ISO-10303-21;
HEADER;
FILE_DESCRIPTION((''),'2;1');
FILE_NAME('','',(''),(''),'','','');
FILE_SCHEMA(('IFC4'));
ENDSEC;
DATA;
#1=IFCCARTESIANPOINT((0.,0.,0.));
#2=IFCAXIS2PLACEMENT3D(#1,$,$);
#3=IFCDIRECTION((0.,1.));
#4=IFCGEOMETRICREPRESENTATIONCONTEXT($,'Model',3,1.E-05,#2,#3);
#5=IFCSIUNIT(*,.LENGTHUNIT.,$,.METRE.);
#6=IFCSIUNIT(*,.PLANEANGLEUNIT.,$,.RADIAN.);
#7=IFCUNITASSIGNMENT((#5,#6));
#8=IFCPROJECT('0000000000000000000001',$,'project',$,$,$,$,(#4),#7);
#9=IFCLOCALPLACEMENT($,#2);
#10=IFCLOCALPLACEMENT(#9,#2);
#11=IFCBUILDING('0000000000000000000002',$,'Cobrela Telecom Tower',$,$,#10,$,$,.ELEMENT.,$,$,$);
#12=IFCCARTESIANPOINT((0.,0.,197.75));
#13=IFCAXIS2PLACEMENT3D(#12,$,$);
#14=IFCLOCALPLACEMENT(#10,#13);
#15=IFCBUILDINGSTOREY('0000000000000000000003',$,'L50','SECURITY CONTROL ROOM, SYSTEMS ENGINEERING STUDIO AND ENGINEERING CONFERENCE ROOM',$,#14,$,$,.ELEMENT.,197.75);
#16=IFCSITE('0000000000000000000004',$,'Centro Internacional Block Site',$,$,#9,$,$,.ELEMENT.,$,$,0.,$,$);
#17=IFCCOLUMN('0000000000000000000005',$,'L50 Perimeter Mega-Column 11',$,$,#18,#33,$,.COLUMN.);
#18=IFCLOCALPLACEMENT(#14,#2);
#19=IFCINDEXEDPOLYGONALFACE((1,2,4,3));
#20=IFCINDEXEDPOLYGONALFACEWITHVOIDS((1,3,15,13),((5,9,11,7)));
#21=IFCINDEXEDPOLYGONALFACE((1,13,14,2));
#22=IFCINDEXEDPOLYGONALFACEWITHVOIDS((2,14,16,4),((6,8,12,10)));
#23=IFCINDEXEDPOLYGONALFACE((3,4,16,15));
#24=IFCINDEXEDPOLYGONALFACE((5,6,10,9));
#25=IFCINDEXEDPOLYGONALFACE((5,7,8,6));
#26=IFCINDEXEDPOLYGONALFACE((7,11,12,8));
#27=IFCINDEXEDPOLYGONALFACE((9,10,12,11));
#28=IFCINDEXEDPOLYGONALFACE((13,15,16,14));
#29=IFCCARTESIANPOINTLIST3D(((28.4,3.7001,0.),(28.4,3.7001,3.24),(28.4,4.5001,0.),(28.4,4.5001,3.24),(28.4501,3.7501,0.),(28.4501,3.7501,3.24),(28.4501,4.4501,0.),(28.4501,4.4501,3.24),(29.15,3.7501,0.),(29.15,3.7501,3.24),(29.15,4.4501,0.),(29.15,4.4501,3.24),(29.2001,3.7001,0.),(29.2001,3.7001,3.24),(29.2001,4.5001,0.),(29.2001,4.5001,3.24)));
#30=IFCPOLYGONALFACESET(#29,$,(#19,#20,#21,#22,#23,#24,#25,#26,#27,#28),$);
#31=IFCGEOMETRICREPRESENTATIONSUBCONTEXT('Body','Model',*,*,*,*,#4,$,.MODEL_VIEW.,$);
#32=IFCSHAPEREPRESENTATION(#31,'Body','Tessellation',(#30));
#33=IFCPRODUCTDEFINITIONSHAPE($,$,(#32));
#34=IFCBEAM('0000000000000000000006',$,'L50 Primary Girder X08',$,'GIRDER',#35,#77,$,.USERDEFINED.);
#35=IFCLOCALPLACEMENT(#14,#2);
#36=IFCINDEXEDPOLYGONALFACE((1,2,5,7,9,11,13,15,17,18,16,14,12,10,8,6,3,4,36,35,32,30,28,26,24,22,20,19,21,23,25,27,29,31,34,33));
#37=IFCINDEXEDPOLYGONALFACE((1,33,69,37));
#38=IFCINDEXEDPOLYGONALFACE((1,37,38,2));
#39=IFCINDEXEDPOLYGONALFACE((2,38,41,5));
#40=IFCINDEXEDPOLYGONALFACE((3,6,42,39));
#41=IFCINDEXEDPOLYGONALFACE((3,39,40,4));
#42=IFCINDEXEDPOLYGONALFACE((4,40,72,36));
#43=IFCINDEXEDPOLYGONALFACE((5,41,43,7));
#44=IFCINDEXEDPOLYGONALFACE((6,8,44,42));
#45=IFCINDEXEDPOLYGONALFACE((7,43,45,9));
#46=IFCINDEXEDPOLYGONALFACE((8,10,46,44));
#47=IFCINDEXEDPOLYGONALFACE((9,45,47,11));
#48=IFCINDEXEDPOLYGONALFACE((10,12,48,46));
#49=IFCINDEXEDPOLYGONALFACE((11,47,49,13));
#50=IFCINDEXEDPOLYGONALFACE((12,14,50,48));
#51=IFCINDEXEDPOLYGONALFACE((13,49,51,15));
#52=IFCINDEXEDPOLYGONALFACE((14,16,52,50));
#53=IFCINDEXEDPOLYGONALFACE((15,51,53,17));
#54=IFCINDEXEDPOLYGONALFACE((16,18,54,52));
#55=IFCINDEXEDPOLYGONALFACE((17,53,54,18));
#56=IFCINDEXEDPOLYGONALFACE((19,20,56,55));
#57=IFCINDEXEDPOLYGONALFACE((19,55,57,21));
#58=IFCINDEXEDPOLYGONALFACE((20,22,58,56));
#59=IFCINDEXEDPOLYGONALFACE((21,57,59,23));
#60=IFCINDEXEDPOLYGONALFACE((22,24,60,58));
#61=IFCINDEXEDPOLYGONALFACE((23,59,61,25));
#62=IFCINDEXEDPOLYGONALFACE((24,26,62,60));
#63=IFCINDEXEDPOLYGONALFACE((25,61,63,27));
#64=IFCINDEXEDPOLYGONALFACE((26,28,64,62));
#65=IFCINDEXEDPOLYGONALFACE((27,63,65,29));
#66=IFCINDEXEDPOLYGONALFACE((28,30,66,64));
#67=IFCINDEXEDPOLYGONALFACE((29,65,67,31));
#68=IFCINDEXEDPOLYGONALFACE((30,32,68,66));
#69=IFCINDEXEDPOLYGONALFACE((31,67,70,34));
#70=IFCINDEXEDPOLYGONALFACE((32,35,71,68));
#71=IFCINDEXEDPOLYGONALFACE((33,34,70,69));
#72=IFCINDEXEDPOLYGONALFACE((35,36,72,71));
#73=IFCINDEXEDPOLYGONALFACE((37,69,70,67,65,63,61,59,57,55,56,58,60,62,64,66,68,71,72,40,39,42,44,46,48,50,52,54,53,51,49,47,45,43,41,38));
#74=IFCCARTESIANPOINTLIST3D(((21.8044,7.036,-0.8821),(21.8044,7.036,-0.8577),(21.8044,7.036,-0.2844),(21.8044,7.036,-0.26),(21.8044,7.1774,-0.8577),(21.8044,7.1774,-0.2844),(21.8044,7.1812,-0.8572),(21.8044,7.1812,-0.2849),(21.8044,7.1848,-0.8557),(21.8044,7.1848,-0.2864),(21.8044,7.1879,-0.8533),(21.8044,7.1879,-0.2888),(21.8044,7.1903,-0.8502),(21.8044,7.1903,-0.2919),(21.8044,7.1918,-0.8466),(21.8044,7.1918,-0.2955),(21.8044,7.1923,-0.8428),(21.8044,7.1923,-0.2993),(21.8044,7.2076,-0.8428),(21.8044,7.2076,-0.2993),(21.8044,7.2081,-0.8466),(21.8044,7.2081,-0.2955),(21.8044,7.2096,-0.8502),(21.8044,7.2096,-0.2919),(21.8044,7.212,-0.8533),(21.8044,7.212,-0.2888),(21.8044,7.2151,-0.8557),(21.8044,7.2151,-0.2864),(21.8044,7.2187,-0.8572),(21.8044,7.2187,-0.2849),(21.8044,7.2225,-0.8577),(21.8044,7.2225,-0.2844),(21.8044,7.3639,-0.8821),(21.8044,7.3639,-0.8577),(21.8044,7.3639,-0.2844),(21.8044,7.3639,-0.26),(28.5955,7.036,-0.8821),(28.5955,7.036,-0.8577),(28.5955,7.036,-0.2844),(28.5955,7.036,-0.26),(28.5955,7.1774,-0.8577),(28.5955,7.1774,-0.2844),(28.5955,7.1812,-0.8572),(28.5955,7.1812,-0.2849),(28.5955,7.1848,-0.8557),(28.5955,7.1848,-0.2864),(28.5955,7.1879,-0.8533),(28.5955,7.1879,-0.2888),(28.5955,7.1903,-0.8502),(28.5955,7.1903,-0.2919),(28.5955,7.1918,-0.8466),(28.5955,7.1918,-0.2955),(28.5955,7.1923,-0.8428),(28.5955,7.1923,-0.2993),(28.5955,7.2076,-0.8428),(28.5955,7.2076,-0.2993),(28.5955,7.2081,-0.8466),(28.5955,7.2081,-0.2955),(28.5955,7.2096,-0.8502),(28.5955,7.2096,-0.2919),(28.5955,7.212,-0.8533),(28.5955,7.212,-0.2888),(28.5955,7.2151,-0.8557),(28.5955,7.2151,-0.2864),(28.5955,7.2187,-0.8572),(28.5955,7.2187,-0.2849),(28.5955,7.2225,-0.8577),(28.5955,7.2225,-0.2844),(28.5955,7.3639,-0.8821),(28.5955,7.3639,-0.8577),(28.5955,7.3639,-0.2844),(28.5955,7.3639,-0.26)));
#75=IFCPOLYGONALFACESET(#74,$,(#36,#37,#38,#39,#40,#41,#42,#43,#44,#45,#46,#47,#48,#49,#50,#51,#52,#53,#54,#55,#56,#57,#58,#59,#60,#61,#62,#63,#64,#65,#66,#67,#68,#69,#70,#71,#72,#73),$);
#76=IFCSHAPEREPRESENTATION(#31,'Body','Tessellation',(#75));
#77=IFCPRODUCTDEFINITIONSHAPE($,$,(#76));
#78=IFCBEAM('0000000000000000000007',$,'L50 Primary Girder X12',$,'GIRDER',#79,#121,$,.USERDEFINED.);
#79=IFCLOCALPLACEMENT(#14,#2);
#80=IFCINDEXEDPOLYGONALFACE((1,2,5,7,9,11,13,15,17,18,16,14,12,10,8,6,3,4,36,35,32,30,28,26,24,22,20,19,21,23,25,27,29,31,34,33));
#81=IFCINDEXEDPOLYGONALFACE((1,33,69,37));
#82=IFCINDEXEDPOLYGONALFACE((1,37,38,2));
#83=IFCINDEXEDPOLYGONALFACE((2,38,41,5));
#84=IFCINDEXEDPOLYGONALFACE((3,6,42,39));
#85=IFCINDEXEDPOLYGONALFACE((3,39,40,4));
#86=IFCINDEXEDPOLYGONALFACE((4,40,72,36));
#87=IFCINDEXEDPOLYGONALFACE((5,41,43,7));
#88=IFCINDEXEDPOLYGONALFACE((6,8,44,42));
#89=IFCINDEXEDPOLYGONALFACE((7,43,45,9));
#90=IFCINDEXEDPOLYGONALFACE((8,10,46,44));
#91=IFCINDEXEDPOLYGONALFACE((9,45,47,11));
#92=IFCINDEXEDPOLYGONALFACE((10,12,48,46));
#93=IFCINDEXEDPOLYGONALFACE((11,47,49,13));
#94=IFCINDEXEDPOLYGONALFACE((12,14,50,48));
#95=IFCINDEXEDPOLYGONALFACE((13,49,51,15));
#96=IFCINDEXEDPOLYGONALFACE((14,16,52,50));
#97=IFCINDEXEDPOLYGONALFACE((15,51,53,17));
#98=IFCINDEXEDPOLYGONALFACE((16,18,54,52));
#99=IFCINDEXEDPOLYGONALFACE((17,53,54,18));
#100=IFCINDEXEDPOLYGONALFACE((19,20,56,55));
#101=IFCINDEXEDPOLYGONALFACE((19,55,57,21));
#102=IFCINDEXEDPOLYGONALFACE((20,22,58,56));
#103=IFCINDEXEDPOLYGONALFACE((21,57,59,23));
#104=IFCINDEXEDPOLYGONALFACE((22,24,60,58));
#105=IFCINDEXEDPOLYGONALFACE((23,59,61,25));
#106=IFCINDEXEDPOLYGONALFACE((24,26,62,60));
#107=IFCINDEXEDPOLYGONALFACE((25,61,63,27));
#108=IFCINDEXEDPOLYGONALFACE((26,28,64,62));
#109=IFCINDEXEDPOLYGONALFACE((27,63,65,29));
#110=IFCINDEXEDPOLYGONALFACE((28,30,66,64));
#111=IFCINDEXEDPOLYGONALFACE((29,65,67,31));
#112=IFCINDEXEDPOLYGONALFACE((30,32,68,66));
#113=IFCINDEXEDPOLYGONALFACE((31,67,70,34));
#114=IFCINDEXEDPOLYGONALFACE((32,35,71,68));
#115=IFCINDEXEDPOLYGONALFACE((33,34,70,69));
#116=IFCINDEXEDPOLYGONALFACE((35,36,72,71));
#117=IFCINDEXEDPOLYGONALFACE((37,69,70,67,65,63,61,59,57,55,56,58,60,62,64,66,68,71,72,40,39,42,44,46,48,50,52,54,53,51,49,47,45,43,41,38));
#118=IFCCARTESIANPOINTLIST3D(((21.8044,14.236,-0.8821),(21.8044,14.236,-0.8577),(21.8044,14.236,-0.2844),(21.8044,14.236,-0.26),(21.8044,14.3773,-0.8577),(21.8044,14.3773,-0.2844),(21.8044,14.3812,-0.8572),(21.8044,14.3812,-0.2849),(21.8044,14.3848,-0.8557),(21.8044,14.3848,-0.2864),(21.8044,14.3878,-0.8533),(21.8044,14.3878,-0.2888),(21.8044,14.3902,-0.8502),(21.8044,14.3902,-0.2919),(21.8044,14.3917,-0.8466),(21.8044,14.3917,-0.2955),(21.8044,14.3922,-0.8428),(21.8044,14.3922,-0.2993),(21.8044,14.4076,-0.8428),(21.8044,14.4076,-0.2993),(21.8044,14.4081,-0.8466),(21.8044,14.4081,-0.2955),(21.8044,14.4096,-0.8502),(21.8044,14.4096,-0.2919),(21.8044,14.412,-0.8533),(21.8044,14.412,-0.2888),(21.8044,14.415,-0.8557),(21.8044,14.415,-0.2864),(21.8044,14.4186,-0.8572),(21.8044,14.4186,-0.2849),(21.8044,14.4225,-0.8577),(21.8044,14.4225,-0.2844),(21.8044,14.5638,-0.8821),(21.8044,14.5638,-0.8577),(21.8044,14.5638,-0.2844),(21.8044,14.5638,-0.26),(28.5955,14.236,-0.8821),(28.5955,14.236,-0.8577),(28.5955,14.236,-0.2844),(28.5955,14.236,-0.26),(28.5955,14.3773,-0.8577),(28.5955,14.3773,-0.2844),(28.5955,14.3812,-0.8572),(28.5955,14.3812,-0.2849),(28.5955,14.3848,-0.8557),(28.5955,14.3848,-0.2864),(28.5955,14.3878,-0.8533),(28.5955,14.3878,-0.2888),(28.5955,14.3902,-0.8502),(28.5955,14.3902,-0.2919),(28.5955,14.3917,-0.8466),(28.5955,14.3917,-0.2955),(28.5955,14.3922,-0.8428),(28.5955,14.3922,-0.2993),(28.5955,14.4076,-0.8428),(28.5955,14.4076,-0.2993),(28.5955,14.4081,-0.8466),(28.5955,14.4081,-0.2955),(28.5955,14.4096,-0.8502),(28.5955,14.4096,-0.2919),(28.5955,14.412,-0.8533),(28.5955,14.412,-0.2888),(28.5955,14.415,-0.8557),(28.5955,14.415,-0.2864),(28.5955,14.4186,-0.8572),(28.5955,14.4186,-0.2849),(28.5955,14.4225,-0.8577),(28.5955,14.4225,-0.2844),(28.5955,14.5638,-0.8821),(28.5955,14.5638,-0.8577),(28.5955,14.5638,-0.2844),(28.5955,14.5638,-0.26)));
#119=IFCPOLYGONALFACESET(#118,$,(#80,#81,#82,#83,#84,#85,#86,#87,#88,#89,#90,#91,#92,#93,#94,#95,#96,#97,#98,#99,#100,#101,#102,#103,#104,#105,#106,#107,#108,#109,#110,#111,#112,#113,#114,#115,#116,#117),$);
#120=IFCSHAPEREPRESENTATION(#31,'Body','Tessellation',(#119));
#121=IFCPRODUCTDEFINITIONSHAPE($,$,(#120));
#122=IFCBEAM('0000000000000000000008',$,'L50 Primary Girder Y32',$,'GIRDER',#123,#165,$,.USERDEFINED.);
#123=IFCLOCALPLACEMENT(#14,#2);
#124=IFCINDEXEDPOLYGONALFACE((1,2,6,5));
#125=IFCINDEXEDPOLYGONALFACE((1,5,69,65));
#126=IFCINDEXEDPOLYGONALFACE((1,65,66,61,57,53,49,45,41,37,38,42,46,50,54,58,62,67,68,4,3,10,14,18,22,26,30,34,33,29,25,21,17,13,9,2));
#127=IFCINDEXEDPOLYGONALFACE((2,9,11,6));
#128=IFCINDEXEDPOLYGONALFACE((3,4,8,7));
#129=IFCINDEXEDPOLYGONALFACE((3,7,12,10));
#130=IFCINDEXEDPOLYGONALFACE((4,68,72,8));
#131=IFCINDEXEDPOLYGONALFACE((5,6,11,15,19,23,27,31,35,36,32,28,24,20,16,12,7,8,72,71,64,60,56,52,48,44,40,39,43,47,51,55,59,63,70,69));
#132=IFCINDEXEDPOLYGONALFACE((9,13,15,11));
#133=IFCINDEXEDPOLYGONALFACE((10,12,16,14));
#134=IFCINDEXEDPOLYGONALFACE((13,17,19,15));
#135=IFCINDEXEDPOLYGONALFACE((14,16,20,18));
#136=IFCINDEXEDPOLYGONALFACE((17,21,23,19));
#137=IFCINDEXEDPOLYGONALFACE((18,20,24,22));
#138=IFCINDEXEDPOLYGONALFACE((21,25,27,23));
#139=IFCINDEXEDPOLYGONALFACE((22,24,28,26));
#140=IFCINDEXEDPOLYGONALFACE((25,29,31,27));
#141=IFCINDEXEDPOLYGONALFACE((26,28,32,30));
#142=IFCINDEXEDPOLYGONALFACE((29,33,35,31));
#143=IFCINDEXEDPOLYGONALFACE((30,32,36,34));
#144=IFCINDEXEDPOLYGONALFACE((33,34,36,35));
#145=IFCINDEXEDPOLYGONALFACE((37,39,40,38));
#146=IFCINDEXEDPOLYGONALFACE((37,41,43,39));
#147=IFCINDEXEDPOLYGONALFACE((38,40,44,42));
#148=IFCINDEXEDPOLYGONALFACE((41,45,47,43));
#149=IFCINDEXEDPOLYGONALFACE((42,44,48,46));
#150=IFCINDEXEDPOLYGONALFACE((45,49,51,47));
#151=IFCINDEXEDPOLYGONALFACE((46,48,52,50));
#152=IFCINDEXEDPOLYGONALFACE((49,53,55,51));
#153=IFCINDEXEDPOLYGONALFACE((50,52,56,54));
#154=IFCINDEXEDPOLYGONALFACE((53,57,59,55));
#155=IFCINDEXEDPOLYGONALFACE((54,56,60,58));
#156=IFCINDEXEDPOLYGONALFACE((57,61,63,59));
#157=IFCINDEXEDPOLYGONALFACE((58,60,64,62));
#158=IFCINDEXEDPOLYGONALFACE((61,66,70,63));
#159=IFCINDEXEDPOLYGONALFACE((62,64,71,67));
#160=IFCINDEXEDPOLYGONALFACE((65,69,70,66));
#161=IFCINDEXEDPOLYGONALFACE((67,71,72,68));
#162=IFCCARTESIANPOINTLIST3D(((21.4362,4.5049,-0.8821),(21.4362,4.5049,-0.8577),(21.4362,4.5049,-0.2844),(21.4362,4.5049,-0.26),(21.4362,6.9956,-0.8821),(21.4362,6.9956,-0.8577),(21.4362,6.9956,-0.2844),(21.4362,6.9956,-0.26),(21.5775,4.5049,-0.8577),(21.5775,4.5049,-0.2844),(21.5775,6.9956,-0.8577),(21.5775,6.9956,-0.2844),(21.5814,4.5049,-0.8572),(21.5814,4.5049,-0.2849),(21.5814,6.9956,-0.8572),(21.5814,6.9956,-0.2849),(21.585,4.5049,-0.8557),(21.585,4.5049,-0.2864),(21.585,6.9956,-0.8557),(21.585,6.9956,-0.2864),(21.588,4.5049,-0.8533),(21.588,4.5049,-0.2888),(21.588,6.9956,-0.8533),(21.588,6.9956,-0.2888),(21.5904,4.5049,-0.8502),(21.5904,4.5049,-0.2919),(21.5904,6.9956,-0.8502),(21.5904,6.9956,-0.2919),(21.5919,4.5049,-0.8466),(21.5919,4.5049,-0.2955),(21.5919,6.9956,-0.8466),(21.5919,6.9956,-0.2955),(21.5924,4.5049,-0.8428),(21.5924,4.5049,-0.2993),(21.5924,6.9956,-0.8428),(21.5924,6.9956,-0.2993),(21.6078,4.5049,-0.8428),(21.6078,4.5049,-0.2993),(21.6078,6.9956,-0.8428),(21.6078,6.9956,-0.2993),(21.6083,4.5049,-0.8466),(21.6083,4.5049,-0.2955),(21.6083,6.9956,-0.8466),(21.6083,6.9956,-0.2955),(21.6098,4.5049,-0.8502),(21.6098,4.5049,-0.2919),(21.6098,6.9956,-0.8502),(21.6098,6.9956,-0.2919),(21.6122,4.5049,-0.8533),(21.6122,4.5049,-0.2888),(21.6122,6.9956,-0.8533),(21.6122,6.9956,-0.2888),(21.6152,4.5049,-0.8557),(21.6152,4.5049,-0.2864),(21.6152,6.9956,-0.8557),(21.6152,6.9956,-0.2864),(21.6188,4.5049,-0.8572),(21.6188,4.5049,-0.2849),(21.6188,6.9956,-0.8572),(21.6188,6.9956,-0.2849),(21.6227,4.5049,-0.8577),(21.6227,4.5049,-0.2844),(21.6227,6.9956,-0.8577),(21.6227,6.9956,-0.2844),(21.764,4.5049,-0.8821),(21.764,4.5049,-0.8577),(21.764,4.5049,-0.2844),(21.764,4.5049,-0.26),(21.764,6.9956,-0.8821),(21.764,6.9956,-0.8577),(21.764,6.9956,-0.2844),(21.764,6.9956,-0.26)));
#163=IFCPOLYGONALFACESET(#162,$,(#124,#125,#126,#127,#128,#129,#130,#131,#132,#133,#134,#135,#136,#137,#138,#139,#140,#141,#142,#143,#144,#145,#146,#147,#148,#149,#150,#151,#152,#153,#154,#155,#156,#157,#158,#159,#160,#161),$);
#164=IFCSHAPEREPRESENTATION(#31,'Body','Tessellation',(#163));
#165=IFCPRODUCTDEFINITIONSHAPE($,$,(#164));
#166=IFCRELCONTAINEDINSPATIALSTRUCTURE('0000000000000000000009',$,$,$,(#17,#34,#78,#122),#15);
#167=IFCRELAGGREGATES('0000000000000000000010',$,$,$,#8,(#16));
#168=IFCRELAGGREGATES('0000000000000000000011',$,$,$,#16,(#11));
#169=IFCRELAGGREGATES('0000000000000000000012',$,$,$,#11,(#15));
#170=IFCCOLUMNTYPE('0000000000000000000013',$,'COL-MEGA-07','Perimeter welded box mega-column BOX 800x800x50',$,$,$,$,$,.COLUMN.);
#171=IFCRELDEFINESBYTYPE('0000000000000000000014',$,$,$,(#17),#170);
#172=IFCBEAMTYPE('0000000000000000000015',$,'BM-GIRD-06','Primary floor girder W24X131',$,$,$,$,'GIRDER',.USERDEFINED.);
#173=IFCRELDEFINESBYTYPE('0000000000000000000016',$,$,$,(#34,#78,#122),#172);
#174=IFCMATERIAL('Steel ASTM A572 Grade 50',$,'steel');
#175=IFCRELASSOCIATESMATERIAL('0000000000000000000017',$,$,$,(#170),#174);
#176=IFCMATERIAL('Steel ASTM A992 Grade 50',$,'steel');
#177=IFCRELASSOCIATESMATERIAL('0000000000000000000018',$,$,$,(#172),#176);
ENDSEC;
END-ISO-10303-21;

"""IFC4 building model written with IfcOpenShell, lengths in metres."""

from ifc_helpers import new_model, si_unit, direction, frame, origin, origin_2d, place, context, subcontext, project, spatial, hollow_rectangle, i_section, extrude, material, material_profile, profile_set, type_object, element, save


model = new_model("IFC4")

# Units and contexts
model_context = context("Model", 3, precision=1e-05, world=origin(), true_north=direction((0.0, 1.0)))
body_context = subcontext(model_context, "Body", "Model", "MODEL_VIEW")
ifc_project = project(units=[si_unit("LENGTHUNIT", "METRE"), si_unit("PLANEANGLEUNIT", "RADIAN")], contexts=[model_context])

# Site, building, storey
site_placement = place(None, origin())
site = spatial("IfcSite", under=ifc_project, at=site_placement, Name="Centro Internacional Block Site", CompositionType="ELEMENT", RefElevation=0.0)
building_placement = place(site_placement, origin())
building = spatial("IfcBuilding", under=site, at=building_placement, Name="Cobrela Telecom Tower", CompositionType="ELEMENT")
storey_placement = place(building_placement, frame((0.0, 0.0, 197.75)))
storey = spatial("IfcBuildingStorey", under=building, at=storey_placement, Name="L50", Description="SECURITY CONTROL ROOM, SYSTEMS ENGINEERING STUDIO AND ENGINEERING CONFERENCE ROOM", CompositionType="ELEMENT", Elevation=197.75)

# Column
ifc_material_1 = material(Name="Steel ASTM A992 Grade 50", Category="steel")
ifc_material_2 = material(Name="Steel ASTM A572 Grade 50", Category="steel")
ifc_material_profile_1 = material_profile(ifc_material_2, hollow_rectangle(XDim=0.8, YDim=0.8, WallThickness=0.05, at=origin_2d()), Name="BOX 800x800x50")
ifc_profile_set_1 = profile_set([ifc_material_profile_1], Name="Steel ASTM A572 Grade 50")
column_type_1 = type_object("IfcColumnType", Name="COL-MEGA-07", Description="Perimeter welded box mega-column BOX 800x800x50", PredefinedType="COLUMN", material=ifc_profile_set_1)
for number, where, z_axis, x_axis, name in (
    (1, (28.8, 4.1001, 0.0), (0.0, 0.0, 1.0), (1.0, 0.0, 0.0), "L50 Perimeter Mega-Column 11"),
):
    element("IfcColumn", number, at=place(storey_placement, frame(where, z_axis=z_axis, x_axis=x_axis)), inside=storey, type_object=column_type_1, Name=name, PredefinedType="COLUMN", context=body_context, shape_type="SweptSolid", body=[
        extrude(hollow_rectangle(XDim=0.8, YDim=0.8, WallThickness=0.05, at=origin_2d()), origin(), (0.0, 0.0, 1.0), 3.24),
    ])

# Beams
ifc_material_profile_2 = material_profile(ifc_material_1, i_section(OverallWidth=0.3279, OverallDepth=0.6221, WebThickness=0.0154, FlangeThickness=0.0244, FilletRadius=0.0149, at=origin_2d()), Name="W24X131")
ifc_profile_set_2 = profile_set([ifc_material_profile_2], Name="Steel ASTM A992 Grade 50")
beam_type_1 = type_object("IfcBeamType", Name="BM-GIRD-06", Description="Primary floor girder W24X131", ElementType="GIRDER", PredefinedType="USERDEFINED", material=ifc_profile_set_2)
for number, where, z_axis, x_axis, name in (
    (2, (21.8044, 7.2, -0.571), (1.0, 0.0, 0.0), (0.0, 1.0, 0.0), "L50 Primary Girder X08"),
    (3, (21.8044, 14.3999, -0.571), (1.0, 0.0, 0.0), (0.0, 1.0, 0.0), "L50 Primary Girder X12"),
):
    element("IfcBeam", number, at=place(storey_placement, frame(where, z_axis=z_axis, x_axis=x_axis)), inside=storey, type_object=beam_type_1, Name=name, ObjectType="GIRDER", PredefinedType="USERDEFINED", context=body_context, shape_type="SweptSolid", body=[
        extrude(i_section(OverallWidth=0.3279, OverallDepth=0.6221, WebThickness=0.0154, FlangeThickness=0.0244, FilletRadius=0.0149, at=origin_2d()), origin(), (0.0, 0.0, 1.0), 6.791),
    ])
beam_1_placement = place(storey_placement, frame((21.6001, 4.5049, -0.571), z_axis=(0.0, 1.0, 0.0), x_axis=(-1.0, 0.0, 0.0)))
element("IfcBeam", 4, at=beam_1_placement, inside=storey, type_object=beam_type_1, Name="L50 Primary Girder Y32", ObjectType="GIRDER", PredefinedType="USERDEFINED", context=body_context, shape_type="SweptSolid", body=[
    extrude(i_section(OverallWidth=0.3279, OverallDepth=0.6221, WebThickness=0.0154, FlangeThickness=0.0244, FilletRadius=0.0149, at=origin_2d()), origin(), (0.0, 0.0, 1.0), 2.4907),
])

save(model, "model.ifc")
